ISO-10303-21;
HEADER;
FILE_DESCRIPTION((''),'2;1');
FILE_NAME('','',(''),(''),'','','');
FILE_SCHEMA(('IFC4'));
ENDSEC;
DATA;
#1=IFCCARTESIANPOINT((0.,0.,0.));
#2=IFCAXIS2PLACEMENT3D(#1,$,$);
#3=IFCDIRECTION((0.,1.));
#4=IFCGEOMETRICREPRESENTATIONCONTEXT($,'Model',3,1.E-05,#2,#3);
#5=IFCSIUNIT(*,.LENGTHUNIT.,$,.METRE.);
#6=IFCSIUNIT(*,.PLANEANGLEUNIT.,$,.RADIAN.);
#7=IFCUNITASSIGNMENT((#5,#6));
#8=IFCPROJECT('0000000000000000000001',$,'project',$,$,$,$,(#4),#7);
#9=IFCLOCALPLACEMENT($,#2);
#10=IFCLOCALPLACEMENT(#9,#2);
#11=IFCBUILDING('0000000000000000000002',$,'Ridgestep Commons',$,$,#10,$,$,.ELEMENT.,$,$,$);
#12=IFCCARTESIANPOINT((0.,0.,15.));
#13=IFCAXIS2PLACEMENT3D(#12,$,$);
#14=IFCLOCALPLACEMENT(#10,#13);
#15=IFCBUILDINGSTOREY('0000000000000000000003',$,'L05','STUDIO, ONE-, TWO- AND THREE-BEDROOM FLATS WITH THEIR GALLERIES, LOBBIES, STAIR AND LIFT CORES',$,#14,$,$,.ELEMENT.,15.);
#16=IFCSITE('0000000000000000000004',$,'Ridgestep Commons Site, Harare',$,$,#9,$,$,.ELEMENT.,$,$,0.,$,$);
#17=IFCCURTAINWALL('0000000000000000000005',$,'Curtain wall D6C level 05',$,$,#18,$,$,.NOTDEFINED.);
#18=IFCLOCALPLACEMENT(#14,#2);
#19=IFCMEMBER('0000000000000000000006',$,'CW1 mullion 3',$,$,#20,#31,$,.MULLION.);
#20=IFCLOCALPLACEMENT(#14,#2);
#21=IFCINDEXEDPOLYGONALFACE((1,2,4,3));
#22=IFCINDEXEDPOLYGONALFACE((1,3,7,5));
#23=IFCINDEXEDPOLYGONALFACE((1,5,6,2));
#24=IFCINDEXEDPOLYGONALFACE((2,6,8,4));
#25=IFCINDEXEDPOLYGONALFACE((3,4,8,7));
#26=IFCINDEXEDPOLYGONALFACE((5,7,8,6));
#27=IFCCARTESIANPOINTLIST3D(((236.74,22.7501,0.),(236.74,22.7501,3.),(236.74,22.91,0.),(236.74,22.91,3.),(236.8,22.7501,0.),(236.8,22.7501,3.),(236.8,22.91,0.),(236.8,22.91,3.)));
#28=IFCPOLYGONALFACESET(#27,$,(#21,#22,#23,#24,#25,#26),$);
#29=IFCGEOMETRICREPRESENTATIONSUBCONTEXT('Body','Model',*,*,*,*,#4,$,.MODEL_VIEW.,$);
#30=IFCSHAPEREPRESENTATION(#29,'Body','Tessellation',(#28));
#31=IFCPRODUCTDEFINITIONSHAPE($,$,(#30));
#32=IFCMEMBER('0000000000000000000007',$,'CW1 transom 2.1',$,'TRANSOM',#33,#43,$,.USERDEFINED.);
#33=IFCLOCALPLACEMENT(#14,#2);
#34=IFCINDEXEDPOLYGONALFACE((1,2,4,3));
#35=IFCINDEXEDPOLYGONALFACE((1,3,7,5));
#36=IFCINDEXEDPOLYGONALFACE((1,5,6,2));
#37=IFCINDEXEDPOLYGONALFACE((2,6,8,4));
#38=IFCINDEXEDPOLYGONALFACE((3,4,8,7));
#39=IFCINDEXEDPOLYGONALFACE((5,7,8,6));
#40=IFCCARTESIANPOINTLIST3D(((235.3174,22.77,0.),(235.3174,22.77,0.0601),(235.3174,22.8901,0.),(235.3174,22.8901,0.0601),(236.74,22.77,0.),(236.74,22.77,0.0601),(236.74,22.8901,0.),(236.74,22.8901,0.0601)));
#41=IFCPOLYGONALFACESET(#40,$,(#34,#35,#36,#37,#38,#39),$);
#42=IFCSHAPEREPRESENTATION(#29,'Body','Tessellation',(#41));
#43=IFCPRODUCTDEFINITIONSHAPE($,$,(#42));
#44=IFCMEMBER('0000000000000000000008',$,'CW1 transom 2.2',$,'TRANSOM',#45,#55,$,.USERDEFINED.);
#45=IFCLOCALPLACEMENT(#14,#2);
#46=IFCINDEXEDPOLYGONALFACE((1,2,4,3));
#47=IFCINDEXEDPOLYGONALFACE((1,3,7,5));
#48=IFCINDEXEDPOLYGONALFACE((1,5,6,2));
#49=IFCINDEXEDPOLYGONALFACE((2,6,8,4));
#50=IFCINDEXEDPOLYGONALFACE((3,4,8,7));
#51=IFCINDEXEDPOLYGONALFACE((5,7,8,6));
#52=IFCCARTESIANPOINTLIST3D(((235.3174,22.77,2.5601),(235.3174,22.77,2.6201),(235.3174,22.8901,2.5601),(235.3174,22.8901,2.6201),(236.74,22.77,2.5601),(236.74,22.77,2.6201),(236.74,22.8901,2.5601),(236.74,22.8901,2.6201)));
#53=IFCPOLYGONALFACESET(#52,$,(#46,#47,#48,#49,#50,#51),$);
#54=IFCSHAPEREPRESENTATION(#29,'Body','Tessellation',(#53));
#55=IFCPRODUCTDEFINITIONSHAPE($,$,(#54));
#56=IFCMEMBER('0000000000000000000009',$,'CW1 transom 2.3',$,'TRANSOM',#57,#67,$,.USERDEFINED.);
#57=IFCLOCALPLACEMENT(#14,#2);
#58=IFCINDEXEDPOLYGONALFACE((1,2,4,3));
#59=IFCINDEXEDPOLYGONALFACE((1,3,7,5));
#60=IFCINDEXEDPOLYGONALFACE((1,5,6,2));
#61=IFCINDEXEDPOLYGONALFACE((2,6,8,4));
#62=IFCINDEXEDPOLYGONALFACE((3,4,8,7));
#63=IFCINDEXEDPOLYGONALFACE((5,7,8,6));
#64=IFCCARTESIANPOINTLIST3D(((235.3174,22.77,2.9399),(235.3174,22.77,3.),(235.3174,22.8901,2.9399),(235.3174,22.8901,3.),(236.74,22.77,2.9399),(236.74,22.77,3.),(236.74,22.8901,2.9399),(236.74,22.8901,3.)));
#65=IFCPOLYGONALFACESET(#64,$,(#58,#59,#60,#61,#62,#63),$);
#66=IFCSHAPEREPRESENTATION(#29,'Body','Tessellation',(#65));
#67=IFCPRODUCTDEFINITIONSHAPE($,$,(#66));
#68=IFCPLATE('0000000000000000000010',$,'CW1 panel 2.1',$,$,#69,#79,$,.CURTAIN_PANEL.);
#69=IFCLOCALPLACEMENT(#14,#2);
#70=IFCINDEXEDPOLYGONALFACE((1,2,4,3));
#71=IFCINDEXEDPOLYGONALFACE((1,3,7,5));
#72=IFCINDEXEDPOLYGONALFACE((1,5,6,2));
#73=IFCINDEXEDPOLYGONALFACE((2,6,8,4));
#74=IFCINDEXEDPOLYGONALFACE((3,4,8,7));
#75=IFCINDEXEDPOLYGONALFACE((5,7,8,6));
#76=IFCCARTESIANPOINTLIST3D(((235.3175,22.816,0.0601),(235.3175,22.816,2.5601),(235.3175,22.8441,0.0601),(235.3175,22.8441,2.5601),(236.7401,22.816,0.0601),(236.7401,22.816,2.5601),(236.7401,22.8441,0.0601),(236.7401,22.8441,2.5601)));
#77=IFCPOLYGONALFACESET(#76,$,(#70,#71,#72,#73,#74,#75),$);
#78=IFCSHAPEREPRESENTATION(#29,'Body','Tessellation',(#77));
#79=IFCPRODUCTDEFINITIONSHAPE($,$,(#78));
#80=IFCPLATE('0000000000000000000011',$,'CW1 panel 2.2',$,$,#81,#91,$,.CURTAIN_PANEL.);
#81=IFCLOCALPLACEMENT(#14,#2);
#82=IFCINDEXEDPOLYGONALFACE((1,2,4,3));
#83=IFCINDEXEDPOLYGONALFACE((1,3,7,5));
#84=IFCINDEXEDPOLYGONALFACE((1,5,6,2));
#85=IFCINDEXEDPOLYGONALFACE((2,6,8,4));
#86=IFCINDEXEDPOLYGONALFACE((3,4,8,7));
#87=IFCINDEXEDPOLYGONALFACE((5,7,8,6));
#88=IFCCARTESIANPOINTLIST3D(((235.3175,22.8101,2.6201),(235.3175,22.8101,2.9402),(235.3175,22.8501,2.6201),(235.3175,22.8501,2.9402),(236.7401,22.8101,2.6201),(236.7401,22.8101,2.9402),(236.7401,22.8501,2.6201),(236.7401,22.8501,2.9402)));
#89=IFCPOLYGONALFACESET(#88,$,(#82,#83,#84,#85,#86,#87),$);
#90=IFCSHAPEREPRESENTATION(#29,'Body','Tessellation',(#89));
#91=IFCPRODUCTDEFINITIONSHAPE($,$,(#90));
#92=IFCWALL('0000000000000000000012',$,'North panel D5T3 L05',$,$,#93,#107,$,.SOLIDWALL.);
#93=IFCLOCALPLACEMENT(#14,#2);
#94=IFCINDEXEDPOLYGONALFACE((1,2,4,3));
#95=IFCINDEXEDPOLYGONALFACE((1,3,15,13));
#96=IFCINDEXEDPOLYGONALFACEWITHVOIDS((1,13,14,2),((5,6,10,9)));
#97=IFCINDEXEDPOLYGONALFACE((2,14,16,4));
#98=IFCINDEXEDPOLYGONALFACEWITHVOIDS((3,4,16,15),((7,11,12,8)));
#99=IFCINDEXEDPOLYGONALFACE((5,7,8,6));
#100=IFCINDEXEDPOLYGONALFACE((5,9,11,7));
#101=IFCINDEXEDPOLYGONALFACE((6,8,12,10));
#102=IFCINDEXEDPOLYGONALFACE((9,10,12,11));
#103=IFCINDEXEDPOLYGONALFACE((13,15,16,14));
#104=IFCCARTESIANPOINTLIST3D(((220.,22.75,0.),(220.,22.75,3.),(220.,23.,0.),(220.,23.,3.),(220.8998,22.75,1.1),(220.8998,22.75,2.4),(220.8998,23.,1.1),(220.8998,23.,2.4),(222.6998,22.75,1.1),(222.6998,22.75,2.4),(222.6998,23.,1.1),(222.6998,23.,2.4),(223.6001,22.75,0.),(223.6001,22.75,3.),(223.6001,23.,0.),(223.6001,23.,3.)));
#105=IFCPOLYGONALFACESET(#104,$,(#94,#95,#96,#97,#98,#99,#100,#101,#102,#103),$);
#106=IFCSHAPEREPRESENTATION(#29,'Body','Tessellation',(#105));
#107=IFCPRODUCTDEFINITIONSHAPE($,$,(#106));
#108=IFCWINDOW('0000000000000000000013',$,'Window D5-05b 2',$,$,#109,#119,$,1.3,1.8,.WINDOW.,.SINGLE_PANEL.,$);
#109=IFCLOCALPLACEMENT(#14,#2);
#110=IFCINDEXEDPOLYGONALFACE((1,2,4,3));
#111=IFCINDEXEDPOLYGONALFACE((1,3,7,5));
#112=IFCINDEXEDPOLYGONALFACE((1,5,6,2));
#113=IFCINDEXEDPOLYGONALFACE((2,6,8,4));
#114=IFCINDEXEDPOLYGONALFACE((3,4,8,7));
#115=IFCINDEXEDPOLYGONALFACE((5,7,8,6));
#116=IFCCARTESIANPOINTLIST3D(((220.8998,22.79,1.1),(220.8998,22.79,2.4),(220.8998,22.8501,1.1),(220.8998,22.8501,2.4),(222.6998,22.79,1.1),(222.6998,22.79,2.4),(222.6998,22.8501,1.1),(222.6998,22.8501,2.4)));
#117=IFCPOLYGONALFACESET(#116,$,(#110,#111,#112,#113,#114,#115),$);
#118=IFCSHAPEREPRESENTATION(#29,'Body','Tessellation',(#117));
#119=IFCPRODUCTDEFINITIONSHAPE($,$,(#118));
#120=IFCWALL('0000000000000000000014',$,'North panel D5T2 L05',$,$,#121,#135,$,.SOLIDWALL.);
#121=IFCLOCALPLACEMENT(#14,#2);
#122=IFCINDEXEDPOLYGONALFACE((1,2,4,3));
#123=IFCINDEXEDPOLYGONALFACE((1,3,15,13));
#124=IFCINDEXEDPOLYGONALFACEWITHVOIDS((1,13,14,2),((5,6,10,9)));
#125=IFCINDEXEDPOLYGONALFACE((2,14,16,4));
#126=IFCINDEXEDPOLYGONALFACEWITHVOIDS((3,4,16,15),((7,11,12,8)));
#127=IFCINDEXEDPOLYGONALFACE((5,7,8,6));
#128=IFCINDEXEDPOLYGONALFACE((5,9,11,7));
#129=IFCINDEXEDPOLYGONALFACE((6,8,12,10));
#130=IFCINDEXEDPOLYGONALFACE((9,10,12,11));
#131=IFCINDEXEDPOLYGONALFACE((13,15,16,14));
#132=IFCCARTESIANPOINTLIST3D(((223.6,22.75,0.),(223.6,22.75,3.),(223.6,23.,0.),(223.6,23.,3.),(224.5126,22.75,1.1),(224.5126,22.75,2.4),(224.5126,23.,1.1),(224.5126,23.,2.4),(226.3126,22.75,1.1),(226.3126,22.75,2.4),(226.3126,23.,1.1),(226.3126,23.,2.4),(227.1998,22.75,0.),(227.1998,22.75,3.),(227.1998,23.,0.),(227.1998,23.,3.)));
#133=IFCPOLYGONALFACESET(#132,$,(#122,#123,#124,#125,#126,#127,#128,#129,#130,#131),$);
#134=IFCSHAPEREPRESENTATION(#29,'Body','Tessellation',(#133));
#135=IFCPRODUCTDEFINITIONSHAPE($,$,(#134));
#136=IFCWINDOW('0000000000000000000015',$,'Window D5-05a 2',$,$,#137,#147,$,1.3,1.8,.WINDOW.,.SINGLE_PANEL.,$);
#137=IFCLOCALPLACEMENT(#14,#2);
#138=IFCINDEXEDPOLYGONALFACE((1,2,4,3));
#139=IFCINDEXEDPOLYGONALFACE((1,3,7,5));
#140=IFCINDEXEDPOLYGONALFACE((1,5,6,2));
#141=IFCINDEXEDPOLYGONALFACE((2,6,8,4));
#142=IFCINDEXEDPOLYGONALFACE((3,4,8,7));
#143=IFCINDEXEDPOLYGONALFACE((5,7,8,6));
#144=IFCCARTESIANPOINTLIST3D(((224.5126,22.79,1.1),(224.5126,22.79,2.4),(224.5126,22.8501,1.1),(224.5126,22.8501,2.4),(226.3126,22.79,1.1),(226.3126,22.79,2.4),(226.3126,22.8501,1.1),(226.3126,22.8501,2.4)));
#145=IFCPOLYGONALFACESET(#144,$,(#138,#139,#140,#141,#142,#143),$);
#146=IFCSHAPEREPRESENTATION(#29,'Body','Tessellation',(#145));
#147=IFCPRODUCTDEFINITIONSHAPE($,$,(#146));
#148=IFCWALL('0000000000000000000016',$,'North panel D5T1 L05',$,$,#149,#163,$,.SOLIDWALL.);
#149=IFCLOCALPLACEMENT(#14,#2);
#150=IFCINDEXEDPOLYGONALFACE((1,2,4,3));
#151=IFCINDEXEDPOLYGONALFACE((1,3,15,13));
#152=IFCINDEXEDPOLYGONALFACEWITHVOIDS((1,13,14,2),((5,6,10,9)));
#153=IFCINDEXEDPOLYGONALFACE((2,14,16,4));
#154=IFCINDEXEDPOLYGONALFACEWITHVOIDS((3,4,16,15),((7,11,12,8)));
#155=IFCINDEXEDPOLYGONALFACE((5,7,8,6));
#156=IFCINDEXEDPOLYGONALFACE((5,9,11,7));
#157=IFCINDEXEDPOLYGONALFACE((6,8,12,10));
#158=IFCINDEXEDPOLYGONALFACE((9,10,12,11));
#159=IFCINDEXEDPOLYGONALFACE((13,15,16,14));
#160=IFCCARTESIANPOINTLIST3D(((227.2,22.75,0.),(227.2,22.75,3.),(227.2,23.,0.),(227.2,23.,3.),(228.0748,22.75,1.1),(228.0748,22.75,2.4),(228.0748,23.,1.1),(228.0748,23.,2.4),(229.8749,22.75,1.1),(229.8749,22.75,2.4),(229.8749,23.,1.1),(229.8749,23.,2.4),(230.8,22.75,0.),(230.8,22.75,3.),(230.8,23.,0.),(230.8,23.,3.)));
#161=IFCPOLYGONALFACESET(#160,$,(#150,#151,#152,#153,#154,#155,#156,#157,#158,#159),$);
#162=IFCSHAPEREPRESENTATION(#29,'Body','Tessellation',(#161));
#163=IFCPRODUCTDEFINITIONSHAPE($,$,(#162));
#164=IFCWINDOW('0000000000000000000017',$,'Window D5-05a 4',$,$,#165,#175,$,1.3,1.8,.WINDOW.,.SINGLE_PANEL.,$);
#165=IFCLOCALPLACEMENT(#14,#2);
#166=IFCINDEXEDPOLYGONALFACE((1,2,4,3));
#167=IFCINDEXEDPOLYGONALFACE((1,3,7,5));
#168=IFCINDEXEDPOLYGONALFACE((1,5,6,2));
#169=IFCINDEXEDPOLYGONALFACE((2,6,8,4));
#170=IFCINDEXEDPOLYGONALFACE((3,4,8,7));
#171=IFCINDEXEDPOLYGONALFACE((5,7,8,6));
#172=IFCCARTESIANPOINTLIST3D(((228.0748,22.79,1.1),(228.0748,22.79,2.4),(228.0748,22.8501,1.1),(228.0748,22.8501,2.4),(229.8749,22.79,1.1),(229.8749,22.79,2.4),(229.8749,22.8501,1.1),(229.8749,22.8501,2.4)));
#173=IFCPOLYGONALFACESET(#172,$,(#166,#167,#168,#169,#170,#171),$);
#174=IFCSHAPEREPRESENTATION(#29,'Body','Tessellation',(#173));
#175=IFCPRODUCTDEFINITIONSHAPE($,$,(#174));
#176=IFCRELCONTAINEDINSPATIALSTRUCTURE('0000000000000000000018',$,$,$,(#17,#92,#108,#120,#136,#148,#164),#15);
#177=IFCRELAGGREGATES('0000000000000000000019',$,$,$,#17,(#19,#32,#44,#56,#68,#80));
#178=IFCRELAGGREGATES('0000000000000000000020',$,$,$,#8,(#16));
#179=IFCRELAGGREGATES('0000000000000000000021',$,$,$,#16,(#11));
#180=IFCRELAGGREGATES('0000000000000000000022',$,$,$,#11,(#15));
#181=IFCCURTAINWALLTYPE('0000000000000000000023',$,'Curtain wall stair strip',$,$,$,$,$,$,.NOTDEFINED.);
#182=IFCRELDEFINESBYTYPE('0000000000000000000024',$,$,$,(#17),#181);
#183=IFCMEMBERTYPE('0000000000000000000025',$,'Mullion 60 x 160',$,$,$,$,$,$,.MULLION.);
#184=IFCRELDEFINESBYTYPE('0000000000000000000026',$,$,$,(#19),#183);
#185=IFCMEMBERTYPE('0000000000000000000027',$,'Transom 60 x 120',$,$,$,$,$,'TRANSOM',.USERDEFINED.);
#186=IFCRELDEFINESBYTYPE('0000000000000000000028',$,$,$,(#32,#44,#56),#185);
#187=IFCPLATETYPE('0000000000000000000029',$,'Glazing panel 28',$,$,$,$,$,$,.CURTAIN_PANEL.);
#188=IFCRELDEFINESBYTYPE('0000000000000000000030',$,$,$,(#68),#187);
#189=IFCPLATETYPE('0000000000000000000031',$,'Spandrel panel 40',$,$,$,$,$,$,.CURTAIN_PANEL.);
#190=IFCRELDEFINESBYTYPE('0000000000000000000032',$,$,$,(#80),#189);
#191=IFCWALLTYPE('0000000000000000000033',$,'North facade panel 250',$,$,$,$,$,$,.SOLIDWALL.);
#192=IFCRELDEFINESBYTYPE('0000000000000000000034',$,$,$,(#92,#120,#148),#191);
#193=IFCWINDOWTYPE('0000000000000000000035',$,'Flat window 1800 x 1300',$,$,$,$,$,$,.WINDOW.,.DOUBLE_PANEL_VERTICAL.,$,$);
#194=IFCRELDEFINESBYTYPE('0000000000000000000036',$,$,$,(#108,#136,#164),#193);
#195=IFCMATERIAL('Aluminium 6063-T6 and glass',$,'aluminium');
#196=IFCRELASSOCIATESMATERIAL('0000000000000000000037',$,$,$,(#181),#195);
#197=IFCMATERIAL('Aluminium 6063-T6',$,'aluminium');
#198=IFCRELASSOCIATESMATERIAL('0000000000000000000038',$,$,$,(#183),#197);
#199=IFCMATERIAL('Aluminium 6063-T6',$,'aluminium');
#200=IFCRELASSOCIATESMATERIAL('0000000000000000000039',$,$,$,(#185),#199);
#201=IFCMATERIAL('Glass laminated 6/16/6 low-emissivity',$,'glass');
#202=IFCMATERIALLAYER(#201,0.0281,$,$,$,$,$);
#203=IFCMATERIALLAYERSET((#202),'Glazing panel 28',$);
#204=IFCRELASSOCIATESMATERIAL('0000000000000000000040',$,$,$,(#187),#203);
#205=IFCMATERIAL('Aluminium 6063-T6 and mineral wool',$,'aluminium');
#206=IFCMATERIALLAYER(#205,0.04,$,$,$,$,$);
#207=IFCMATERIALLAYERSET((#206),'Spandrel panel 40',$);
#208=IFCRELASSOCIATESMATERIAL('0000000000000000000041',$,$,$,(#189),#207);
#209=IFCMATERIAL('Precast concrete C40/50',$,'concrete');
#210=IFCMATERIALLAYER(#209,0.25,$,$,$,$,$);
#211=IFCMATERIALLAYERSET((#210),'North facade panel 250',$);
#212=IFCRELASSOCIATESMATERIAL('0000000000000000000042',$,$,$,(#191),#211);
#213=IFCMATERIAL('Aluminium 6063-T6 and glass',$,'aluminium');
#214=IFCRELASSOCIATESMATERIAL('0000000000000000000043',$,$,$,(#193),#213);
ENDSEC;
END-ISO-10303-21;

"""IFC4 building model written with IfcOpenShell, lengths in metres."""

from ifc_helpers import new_model, si_unit, direction, frame, frame_2d, origin, origin_2d, place, context, subcontext, project, spatial, rectangle, extrude, material, layer, layer_set, material_profile, profile_set, type_object, element, fill, aggregate, save


model = new_model("IFC4")

# Units and contexts
model_context = context("Model", 3, precision=1e-05, world=origin(), true_north=direction((0.0, 1.0)))
body_context = subcontext(model_context, "Body", "Model", "MODEL_VIEW")
ifc_project = project(units=[si_unit("LENGTHUNIT", "METRE"), si_unit("PLANEANGLEUNIT", "RADIAN")], contexts=[model_context])

# Site, building, storey
site_placement = place(None, origin())
site = spatial("IfcSite", under=ifc_project, at=site_placement, Name="Ridgestep Commons Site, Harare", CompositionType="ELEMENT", RefElevation=0.0)
building_placement = place(site_placement, origin())
building = spatial("IfcBuilding", under=site, at=building_placement, Name="Ridgestep Commons", CompositionType="ELEMENT")
storey_placement = place(building_placement, frame((0.0, 0.0, 15.0)))
storey = spatial("IfcBuildingStorey", under=building, at=storey_placement, Name="L05", Description="STUDIO, ONE-, TWO- AND THREE-BEDROOM FLATS WITH THEIR GALLERIES, LOBBIES, STAIR AND LIFT CORES", CompositionType="ELEMENT", Elevation=15.0)

# Curtain wall, members, plates
ifc_material_1 = material(Name="Aluminium 6063-T6 and glass", Category="aluminium")
curtain_wall_type = type_object("IfcCurtainWallType", Name="Curtain wall stair strip", PredefinedType="NOTDEFINED", material=ifc_material_1)
curtain_wall_placement = place(storey_placement, origin())
curtain_wall = element("IfcCurtainWall", 1, at=curtain_wall_placement, inside=storey, type_object=curtain_wall_type, Name="Curtain wall D6C level 05", PredefinedType="NOTDEFINED")
ifc_material_2 = material(Name="Aluminium 6063-T6", Category="aluminium")
ifc_material_profile_1 = material_profile(ifc_material_2, rectangle(XDim=0.1599, YDim=0.0601, at=origin_2d()), Name="Mullion 60 x 160")
ifc_profile_set_1 = profile_set([ifc_material_profile_1], Name="Aluminium 6063-T6")
member_type_1 = type_object("IfcMemberType", Name="Mullion 60 x 160", PredefinedType="MULLION", material=ifc_profile_set_1)
member_1_placement = place(storey_placement, frame((236.77, 22.8301, 0.0), z_axis=(0.0, 0.0, 1.0), x_axis=(0.0, 1.0, 0.0)))
member_1 = element("IfcMember", 2, at=member_1_placement, type_object=member_type_1, Name="CW1 mullion 3", PredefinedType="MULLION", context=body_context, shape_type="SweptSolid", body=[
    extrude(rectangle(XDim=0.1599, YDim=0.0601, at=origin_2d()), origin(), (0.0, 0.0, 1.0), 3.0),
])
ifc_material_3 = material(Name="Aluminium 6063-T6", Category="aluminium")
ifc_material_profile_2 = material_profile(ifc_material_3, rectangle(XDim=0.1201, YDim=0.0601, at=origin_2d()), Name="Transom 60 x 120")
ifc_profile_set_2 = profile_set([ifc_material_profile_2], Name="Aluminium 6063-T6")
member_type_2 = type_object("IfcMemberType", Name="Transom 60 x 120", ElementType="TRANSOM", PredefinedType="USERDEFINED", material=ifc_profile_set_2)
member_2_placement = place(storey_placement, frame((235.3174, 22.8301, 0.03), z_axis=(1.0, 0.0, 0.0), x_axis=(0.0, 1.0, 0.0)))
member_2 = element("IfcMember", 3, at=member_2_placement, type_object=member_type_2, Name="CW1 transom 2.1", ObjectType="TRANSOM", PredefinedType="USERDEFINED", context=body_context, shape_type="SweptSolid", body=[
    extrude(rectangle(XDim=0.1201, YDim=0.0601, at=origin_2d()), origin(), (0.0, 0.0, 1.0), 1.4226),
])
member_3_placement = place(storey_placement, frame((235.3174, 22.8301, 2.5901), z_axis=(1.0, 0.0, 0.0), x_axis=(0.0, 1.0, 0.0)))
member_3 = element("IfcMember", 4, at=member_3_placement, type_object=member_type_2, Name="CW1 transom 2.2", ObjectType="TRANSOM", PredefinedType="USERDEFINED", context=body_context, shape_type="SweptSolid", body=[
    extrude(rectangle(XDim=0.1201, YDim=0.0601, at=origin_2d()), origin(), (0.0, 0.0, 1.0), 1.4226),
])
member_4_placement = place(storey_placement, frame((235.3174, 22.8301, 2.97), z_axis=(1.0, 0.0, 0.0), x_axis=(0.0, 1.0, 0.0)))
member_4 = element("IfcMember", 5, at=member_4_placement, type_object=member_type_2, Name="CW1 transom 2.3", ObjectType="TRANSOM", PredefinedType="USERDEFINED", context=body_context, shape_type="SweptSolid", body=[
    extrude(rectangle(XDim=0.1201, YDim=0.0601, at=origin_2d()), origin(), (0.0, 0.0, 1.0), 1.4226),
])
ifc_material_4 = material(Name="Glass laminated 6/16/6 low-emissivity", Category="glass")
ifc_layer_1 = layer(ifc_material_4, 0.0281)
ifc_layer_set_1 = layer_set([ifc_layer_1], Name="Glazing panel 28")
plate_type_1 = type_object("IfcPlateType", Name="Glazing panel 28", PredefinedType="CURTAIN_PANEL", material=ifc_layer_set_1)
plate_1_placement = place(storey_placement, frame((236.0288, 22.8301, 0.0601), z_axis=(0.0, 0.0, 1.0), x_axis=(1.0, 0.0, 0.0)))
plate_1 = element("IfcPlate", 6, at=plate_1_placement, type_object=plate_type_1, Name="CW1 panel 2.1", PredefinedType="CURTAIN_PANEL", context=body_context, shape_type="SweptSolid", body=[
    extrude(rectangle(XDim=1.4226, YDim=0.0281, at=origin_2d()), origin(), (0.0, 0.0, 1.0), 2.5),
])
ifc_material_5 = material(Name="Aluminium 6063-T6 and mineral wool", Category="aluminium")
ifc_layer_2 = layer(ifc_material_5, 0.04)
ifc_layer_set_2 = layer_set([ifc_layer_2], Name="Spandrel panel 40")
plate_type_2 = type_object("IfcPlateType", Name="Spandrel panel 40", PredefinedType="CURTAIN_PANEL", material=ifc_layer_set_2)
plate_2_placement = place(storey_placement, frame((236.0288, 22.8301, 2.6201), z_axis=(0.0, 0.0, 1.0), x_axis=(1.0, 0.0, 0.0)))
plate_2 = element("IfcPlate", 7, at=plate_2_placement, type_object=plate_type_2, Name="CW1 panel 2.2", PredefinedType="CURTAIN_PANEL", context=body_context, shape_type="SweptSolid", body=[
    extrude(rectangle(XDim=1.4226, YDim=0.04, at=origin_2d()), origin(), (0.0, 0.0, 1.0), 0.3201),
])
aggregate(curtain_wall, [member_1, member_2, member_3, member_4, plate_1, plate_2])

# Walls, openings, windows
ifc_material_6 = material(Name="Precast concrete C40/50", Category="concrete")
ifc_layer_3 = layer(ifc_material_6, 0.25)
ifc_layer_set_3 = layer_set([ifc_layer_3], Name="North facade panel 250")
wall_type = type_object("IfcWallType", Name="North facade panel 250", PredefinedType="SOLIDWALL", material=ifc_layer_set_3)
wall_1_placement = place(storey_placement, frame((220.0, 22.875, 0.0), z_axis=(0.0, 0.0, 1.0), x_axis=(1.0, 0.0, 0.0)))
wall_1 = element("IfcWall", 8, at=wall_1_placement, inside=storey, type_object=wall_type, Name="North panel D5T3 L05", PredefinedType="SOLIDWALL", context=body_context, shape_type="SweptSolid", body=[
    extrude(rectangle(XDim=3.6001, YDim=0.25, at=frame_2d((1.8, 0.0))), origin(), (0.0, 0.0, 1.0), 3.0),
])
opening_1_placement = place(wall_1_placement, frame((0.8999, 0.0, 1.1001)))
opening_1 = element("IfcOpeningElement", 9, at=opening_1_placement, cuts=wall_1, PredefinedType="OPENING", context=body_context, shape_type="SweptSolid", body=[
    extrude(rectangle(XDim=1.8, YDim=1.3, at=frame_2d((0.8999, 0.6499))), frame((0.0, 0.135, 0.0), z_axis=(0.0, -1.0, 0.0), x_axis=(1.0, 0.0, 0.0)), (0.0, 0.0, 1.0), 0.27),
])
ifc_material_7 = material(Name="Aluminium 6063-T6 and glass", Category="aluminium")
window_type = type_object("IfcWindowType", Name="Flat window 1800 x 1300", PartitioningType="DOUBLE_PANEL_VERTICAL", PredefinedType="WINDOW", material=ifc_material_7)
window_1_placement = place(opening_1_placement, origin())
window_1 = element("IfcWindow", 10, at=window_1_placement, inside=storey, type_object=window_type, Name="Window D5-05b 2", OverallHeight=1.3, OverallWidth=1.8, PartitioningType="SINGLE_PANEL", PredefinedType="WINDOW", context=body_context, shape_type="SweptSolid", body=[
    extrude(rectangle(XDim=1.8, YDim=1.3, at=frame_2d((0.8999, 0.6499))), frame((0.0, -0.0249, 0.0), z_axis=(0.0, -1.0, 0.0), x_axis=(1.0, 0.0, 0.0)), (0.0, 0.0, 1.0), 0.0601),
])
fill(opening_1, window_1)
wall_2_placement = place(storey_placement, frame((223.6001, 22.875, 0.0), z_axis=(0.0, 0.0, 1.0), x_axis=(1.0, 0.0, 0.0)))
wall_2 = element("IfcWall", 11, at=wall_2_placement, inside=storey, type_object=wall_type, Name="North panel D5T2 L05", PredefinedType="SOLIDWALL", context=body_context, shape_type="SweptSolid", body=[
    extrude(rectangle(XDim=3.5999, YDim=0.25, at=frame_2d((1.7998, 0.0))), origin(), (0.0, 0.0, 1.0), 3.0),
])
opening_2_placement = place(wall_2_placement, frame((0.9126, 0.0, 1.1001)))
opening_2 = element("IfcOpeningElement", 12, at=opening_2_placement, cuts=wall_2, PredefinedType="OPENING", context=body_context, shape_type="SweptSolid", body=[
    extrude(rectangle(XDim=1.8, YDim=1.3, at=frame_2d((0.8999, 0.6499))), frame((0.0, 0.135, 0.0), z_axis=(0.0, -1.0, 0.0), x_axis=(1.0, 0.0, 0.0)), (0.0, 0.0, 1.0), 0.27),
])
window_2_placement = place(opening_2_placement, origin())
window_2 = element("IfcWindow", 13, at=window_2_placement, inside=storey, type_object=window_type, Name="Window D5-05a 2", OverallHeight=1.3, OverallWidth=1.8, PartitioningType="SINGLE_PANEL", PredefinedType="WINDOW", context=body_context, shape_type="SweptSolid", body=[
    extrude(rectangle(XDim=1.8, YDim=1.3, at=frame_2d((0.8999, 0.6499))), frame((0.0, -0.0249, 0.0), z_axis=(0.0, -1.0, 0.0), x_axis=(1.0, 0.0, 0.0)), (0.0, 0.0, 1.0), 0.0601),
])
fill(opening_2, window_2)
wall_3_placement = place(storey_placement, frame((227.2, 22.875, 0.0), z_axis=(0.0, 0.0, 1.0), x_axis=(1.0, 0.0, 0.0)))
wall_3 = element("IfcWall", 14, at=wall_3_placement, inside=storey, type_object=wall_type, Name="North panel D5T1 L05", PredefinedType="SOLIDWALL", context=body_context, shape_type="SweptSolid", body=[
    extrude(rectangle(XDim=3.6001, YDim=0.25, at=frame_2d((1.8, 0.0))), origin(), (0.0, 0.0, 1.0), 3.0),
])
opening_3_placement = place(wall_3_placement, frame((0.875, 0.0, 1.1001)))
opening_3 = element("IfcOpeningElement", 15, at=opening_3_placement, cuts=wall_3, PredefinedType="OPENING", context=body_context, shape_type="SweptSolid", body=[
    extrude(rectangle(XDim=1.8, YDim=1.3, at=frame_2d((0.8999, 0.6499))), frame((0.0, 0.135, 0.0), z_axis=(0.0, -1.0, 0.0), x_axis=(1.0, 0.0, 0.0)), (0.0, 0.0, 1.0), 0.27),
])
window_3_placement = place(opening_3_placement, origin())
window_3 = element("IfcWindow", 16, at=window_3_placement, inside=storey, type_object=window_type, Name="Window D5-05a 4", OverallHeight=1.3, OverallWidth=1.8, PartitioningType="SINGLE_PANEL", PredefinedType="WINDOW", context=body_context, shape_type="SweptSolid", body=[
    extrude(rectangle(XDim=1.8, YDim=1.3, at=frame_2d((0.8999, 0.6499))), frame((0.0, -0.0249, 0.0), z_axis=(0.0, -1.0, 0.0), x_axis=(1.0, 0.0, 0.0)), (0.0, 0.0, 1.0), 0.0601),
])
fill(opening_3, window_3)

save(model, "model.ifc")
